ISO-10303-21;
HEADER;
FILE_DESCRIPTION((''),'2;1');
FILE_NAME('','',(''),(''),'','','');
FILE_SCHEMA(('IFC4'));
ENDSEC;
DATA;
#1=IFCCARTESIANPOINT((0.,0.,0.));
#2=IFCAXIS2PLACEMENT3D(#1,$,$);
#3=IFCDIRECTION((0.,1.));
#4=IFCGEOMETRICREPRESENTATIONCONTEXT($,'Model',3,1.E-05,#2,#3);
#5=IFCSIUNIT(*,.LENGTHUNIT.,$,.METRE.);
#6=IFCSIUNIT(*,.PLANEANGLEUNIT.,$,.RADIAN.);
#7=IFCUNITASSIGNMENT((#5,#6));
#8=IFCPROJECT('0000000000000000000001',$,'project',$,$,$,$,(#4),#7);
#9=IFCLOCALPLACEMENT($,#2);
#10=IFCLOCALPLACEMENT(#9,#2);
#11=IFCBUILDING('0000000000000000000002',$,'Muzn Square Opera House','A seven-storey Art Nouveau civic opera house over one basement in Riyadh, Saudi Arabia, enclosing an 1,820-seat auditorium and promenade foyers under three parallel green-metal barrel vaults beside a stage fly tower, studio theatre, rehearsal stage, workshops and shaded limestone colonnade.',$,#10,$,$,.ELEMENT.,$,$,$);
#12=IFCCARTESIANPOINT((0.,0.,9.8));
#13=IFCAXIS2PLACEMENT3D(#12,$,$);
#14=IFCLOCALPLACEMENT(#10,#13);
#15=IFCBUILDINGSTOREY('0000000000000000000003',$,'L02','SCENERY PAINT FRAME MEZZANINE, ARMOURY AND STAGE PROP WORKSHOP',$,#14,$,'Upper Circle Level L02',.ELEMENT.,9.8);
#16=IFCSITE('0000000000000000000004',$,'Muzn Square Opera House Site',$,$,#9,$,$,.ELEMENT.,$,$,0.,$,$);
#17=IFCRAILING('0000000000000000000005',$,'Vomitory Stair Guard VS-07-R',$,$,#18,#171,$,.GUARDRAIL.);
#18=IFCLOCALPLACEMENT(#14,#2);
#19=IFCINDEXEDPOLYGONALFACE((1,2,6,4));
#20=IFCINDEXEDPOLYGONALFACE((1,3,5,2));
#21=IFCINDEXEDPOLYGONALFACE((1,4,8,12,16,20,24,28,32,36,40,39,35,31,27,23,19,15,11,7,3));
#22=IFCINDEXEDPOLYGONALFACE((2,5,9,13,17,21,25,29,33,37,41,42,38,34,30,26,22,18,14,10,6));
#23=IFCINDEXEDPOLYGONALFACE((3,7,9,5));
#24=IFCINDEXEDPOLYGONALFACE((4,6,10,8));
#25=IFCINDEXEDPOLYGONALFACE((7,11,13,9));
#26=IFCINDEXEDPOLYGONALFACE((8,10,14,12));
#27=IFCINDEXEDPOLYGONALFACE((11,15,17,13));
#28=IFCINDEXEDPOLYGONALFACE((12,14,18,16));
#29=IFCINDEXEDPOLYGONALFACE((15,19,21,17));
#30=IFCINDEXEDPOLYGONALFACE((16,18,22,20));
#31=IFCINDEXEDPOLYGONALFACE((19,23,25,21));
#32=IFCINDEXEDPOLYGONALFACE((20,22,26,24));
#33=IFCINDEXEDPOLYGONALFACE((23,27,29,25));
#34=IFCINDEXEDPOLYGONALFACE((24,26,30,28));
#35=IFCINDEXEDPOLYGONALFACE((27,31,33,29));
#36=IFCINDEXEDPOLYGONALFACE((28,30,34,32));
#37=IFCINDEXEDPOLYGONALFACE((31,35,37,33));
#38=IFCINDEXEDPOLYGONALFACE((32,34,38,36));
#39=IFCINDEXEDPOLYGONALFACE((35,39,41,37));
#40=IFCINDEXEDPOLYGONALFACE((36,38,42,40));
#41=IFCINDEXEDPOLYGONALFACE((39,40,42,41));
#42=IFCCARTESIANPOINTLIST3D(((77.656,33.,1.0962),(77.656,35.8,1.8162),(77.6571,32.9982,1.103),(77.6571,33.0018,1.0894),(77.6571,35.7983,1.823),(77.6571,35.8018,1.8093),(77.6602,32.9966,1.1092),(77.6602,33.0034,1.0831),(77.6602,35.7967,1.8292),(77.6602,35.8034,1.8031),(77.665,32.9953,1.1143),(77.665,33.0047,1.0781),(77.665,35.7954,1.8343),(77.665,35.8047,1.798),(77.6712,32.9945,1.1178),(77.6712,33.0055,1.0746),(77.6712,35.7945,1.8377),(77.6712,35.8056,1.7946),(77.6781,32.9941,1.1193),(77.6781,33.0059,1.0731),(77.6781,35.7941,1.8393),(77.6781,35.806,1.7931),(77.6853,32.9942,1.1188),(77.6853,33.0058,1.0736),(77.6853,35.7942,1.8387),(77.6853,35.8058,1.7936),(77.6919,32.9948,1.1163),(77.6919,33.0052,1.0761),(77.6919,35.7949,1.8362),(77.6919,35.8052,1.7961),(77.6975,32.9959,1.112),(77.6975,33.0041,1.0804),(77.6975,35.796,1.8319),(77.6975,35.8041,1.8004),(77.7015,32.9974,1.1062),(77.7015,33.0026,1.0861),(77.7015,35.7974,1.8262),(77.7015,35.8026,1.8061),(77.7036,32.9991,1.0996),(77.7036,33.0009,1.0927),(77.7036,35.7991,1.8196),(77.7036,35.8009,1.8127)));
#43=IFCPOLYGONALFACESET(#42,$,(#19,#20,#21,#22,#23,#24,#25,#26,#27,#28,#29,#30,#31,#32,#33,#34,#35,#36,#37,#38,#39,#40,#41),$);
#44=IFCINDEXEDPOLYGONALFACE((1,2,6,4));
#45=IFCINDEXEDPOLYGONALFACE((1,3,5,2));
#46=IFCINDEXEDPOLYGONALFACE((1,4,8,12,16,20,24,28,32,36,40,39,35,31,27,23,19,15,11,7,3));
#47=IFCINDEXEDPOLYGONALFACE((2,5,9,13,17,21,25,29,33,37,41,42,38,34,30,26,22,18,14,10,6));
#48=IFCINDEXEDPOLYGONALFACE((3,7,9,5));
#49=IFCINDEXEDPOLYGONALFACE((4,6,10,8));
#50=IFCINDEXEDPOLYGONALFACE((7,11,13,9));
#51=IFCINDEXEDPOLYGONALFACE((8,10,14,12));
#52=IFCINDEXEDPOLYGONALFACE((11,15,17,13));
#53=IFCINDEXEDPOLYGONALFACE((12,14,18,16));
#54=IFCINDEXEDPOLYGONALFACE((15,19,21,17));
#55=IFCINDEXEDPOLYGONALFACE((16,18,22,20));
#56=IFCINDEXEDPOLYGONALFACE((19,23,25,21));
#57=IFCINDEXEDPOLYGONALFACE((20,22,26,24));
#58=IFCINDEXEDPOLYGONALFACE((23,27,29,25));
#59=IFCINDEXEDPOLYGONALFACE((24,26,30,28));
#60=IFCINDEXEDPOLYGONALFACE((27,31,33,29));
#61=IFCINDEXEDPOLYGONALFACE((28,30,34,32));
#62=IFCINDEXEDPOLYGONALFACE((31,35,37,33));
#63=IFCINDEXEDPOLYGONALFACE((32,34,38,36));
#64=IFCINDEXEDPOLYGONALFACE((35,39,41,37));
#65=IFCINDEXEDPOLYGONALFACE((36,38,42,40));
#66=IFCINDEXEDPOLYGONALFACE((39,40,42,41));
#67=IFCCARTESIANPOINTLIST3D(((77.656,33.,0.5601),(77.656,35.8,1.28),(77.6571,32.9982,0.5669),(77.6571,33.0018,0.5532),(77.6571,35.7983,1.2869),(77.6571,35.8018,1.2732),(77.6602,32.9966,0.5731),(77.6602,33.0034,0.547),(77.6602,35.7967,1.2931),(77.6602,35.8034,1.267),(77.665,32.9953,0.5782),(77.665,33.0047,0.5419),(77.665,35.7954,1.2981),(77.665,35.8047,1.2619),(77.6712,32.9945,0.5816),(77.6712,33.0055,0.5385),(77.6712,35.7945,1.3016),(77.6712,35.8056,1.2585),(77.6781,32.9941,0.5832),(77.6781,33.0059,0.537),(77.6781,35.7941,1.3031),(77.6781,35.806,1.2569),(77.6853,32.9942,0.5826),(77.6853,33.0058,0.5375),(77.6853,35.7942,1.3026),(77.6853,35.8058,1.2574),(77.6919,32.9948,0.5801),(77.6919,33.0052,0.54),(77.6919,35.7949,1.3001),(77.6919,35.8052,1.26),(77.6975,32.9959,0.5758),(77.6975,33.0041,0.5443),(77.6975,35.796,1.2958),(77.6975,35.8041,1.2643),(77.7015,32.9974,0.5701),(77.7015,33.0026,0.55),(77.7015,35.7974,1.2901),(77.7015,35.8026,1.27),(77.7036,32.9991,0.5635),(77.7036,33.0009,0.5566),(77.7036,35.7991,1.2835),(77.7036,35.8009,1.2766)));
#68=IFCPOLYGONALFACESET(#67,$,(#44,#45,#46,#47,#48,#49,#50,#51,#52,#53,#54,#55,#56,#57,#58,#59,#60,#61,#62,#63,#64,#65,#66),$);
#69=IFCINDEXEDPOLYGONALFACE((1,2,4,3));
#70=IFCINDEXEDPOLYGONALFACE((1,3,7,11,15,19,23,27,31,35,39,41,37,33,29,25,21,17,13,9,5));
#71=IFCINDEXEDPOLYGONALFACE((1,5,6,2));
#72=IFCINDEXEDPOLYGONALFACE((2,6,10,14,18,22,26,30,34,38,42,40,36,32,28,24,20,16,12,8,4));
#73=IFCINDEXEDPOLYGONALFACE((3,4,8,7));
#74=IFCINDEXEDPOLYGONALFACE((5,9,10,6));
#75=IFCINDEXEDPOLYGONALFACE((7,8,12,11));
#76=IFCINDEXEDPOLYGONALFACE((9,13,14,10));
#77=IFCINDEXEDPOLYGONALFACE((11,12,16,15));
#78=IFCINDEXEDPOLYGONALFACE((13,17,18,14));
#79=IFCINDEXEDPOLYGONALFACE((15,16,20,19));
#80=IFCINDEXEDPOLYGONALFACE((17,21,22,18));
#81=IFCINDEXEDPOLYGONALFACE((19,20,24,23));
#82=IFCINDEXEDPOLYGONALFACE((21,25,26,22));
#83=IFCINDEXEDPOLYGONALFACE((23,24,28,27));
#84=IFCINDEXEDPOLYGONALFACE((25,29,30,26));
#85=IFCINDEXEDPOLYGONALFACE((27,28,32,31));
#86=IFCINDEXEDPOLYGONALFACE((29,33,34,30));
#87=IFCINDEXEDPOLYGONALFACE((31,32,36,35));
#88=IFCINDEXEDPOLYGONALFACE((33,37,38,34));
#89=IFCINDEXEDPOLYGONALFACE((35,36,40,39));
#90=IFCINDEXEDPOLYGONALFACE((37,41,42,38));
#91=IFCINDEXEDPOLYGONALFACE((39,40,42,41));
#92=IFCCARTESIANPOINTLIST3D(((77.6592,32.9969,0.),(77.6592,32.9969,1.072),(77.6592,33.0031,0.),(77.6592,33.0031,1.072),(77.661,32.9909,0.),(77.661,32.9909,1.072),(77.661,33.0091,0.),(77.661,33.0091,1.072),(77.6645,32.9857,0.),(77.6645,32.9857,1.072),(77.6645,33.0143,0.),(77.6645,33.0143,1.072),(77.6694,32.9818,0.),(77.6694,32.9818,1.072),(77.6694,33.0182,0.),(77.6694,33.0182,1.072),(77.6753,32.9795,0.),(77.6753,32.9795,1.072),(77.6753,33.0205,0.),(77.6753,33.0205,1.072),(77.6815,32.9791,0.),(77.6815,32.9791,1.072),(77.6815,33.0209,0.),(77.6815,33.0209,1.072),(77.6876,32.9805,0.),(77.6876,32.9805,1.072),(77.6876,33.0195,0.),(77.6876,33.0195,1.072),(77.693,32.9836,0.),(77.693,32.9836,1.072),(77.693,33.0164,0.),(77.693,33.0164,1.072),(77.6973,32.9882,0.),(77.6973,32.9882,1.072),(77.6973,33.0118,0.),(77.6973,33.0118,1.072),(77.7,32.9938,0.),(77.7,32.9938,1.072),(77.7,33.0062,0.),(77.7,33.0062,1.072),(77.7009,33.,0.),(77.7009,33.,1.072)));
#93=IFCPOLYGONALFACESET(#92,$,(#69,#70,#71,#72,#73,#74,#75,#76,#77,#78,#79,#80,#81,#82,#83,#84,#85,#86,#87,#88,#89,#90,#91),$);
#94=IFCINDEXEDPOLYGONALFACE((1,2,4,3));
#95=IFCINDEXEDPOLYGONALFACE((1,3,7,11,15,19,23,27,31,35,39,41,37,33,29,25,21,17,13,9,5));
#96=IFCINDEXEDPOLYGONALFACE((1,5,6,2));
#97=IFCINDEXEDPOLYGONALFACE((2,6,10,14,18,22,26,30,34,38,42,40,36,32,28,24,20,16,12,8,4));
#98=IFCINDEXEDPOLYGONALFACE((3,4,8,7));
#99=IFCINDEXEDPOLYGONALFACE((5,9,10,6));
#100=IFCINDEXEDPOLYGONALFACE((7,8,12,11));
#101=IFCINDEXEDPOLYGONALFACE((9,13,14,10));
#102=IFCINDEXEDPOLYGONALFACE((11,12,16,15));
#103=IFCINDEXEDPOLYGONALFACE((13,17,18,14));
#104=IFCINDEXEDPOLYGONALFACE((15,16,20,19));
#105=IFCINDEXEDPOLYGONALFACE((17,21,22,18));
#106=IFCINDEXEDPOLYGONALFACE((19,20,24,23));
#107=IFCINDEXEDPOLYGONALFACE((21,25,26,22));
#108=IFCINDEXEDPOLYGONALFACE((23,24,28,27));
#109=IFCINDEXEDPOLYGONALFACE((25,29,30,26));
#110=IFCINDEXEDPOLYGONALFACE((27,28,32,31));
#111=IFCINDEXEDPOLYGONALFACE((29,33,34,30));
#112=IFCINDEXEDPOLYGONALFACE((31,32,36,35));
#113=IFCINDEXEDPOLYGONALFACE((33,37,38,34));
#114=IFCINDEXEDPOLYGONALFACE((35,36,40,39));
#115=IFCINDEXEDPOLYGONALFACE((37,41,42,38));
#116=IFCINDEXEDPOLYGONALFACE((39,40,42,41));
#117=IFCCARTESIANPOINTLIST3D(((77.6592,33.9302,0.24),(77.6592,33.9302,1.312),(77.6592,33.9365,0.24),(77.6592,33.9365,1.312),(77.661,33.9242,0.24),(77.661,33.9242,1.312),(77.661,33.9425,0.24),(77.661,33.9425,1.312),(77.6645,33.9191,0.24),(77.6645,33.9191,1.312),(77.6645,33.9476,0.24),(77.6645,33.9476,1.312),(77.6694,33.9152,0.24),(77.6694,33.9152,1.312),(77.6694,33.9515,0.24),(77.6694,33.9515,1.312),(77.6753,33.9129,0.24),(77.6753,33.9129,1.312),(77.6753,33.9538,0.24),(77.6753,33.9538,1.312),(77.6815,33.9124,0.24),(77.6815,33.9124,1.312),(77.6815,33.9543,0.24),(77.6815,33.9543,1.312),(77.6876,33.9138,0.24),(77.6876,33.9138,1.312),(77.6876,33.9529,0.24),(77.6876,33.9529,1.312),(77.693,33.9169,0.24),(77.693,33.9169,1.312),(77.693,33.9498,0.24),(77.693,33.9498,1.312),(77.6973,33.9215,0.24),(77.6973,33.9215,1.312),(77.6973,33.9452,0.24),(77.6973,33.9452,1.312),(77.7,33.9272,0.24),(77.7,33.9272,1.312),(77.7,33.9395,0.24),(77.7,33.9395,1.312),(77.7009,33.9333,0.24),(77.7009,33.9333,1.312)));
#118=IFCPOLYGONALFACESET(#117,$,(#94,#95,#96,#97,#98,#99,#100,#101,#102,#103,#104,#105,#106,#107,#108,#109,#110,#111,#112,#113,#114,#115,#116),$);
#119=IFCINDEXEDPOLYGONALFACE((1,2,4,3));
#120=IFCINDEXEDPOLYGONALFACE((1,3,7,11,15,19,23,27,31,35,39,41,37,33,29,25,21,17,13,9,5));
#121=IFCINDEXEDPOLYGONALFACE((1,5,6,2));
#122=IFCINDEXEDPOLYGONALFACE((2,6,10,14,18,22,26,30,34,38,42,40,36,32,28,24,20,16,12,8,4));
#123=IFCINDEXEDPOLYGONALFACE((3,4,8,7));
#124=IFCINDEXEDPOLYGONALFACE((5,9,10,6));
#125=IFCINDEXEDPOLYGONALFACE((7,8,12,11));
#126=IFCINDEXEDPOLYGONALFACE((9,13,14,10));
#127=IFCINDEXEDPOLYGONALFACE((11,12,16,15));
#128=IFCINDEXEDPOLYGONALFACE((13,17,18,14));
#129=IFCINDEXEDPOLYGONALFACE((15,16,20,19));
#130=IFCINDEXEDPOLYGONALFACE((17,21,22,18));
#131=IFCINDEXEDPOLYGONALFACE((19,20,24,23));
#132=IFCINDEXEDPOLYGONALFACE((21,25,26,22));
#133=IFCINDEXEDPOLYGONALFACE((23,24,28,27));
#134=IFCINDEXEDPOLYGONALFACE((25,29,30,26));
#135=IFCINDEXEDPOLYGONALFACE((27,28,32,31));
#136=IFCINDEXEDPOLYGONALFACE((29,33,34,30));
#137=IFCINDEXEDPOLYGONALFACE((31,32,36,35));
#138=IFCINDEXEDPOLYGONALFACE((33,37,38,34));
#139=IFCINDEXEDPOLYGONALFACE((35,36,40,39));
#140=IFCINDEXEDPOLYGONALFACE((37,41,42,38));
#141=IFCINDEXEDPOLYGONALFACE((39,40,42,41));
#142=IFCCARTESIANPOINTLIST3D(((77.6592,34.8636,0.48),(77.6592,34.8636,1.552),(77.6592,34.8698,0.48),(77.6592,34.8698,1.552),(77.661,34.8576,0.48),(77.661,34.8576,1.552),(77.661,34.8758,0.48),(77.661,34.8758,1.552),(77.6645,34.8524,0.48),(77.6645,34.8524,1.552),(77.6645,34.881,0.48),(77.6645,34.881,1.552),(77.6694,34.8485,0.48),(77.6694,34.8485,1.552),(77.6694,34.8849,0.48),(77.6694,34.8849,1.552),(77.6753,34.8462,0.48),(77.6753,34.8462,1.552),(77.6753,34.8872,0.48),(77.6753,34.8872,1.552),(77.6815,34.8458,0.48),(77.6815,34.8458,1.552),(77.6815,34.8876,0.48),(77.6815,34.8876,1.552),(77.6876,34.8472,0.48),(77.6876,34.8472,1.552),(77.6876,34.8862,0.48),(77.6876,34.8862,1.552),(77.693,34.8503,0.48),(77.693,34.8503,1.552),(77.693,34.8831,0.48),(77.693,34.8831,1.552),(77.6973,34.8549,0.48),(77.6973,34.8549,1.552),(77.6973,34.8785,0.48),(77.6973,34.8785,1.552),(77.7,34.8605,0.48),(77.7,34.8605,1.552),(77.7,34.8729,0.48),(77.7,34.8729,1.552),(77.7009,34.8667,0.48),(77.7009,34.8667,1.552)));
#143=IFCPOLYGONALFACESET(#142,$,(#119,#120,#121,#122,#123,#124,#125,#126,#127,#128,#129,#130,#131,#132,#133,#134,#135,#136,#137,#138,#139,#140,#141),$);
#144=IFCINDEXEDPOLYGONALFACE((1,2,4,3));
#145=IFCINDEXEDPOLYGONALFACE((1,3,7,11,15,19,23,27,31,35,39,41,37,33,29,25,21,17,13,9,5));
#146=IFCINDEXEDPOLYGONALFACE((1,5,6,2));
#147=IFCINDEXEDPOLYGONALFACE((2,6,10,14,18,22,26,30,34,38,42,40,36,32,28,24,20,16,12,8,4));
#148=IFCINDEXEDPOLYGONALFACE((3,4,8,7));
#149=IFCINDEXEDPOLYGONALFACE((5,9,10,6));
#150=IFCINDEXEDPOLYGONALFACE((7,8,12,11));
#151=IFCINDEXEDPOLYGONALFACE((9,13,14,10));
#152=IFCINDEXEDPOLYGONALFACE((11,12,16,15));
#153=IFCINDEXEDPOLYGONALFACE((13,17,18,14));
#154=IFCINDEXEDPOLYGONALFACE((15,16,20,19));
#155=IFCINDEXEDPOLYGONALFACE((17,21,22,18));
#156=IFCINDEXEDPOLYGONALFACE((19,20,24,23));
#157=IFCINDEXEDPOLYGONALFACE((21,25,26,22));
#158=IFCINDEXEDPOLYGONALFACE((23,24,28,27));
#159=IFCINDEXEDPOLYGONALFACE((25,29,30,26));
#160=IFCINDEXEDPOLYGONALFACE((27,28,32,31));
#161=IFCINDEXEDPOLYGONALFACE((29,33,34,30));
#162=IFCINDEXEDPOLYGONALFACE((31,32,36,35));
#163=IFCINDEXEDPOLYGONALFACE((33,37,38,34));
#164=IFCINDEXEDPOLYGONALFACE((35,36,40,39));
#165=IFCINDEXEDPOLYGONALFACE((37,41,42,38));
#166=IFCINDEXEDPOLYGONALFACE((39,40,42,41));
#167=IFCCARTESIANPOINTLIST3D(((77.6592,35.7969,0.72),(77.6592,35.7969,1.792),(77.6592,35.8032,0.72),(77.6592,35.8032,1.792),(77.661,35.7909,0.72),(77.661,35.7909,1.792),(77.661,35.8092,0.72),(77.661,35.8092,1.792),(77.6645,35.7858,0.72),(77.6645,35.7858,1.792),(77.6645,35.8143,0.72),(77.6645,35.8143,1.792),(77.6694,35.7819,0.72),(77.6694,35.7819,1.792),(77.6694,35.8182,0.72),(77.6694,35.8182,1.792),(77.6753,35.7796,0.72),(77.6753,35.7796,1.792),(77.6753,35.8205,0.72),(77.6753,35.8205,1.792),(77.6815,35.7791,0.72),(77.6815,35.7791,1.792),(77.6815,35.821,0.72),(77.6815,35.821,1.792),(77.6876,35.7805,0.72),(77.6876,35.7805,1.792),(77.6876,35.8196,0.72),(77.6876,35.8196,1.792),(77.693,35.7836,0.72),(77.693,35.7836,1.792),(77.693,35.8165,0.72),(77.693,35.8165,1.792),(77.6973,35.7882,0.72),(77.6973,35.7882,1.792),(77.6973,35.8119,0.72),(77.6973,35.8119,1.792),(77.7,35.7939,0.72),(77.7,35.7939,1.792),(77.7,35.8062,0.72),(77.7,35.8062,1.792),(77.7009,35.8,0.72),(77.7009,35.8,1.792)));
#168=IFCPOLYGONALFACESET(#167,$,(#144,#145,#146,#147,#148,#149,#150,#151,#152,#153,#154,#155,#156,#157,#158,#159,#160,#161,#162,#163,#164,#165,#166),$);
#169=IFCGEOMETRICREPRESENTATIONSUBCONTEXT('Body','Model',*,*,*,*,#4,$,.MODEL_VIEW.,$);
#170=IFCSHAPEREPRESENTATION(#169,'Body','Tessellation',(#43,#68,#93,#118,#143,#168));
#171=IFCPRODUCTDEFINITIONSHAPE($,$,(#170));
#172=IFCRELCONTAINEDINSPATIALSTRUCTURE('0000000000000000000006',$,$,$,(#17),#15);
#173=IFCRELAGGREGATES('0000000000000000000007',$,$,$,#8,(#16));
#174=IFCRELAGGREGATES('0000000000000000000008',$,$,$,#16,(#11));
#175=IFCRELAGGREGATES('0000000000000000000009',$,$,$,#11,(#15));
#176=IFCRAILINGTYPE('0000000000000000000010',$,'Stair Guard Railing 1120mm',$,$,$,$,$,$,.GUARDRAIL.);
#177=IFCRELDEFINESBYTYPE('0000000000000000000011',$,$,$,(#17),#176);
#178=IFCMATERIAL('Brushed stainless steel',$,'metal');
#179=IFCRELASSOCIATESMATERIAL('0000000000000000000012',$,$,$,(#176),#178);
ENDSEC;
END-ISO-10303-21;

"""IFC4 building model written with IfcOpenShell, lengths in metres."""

from ifc_helpers import new_model, si_unit, direction, frame, origin, origin_2d, place, context, subcontext, project, spatial, circle, extrude, material, type_object, element, save


model = new_model("IFC4")

# Units and contexts
model_context = context("Model", 3, precision=1e-05, world=origin(), true_north=direction((0.0, 1.0)))
body_context = subcontext(model_context, "Body", "Model", "MODEL_VIEW")
ifc_project = project(units=[si_unit("LENGTHUNIT", "METRE"), si_unit("PLANEANGLEUNIT", "RADIAN")], contexts=[model_context])

# Site, building, storey
site_placement = place(None, origin())
site = spatial("IfcSite", under=ifc_project, at=site_placement, Name="Muzn Square Opera House Site", CompositionType="ELEMENT", RefElevation=0.0)
building_placement = place(site_placement, origin())
building = spatial("IfcBuilding", under=site, at=building_placement, Name="Muzn Square Opera House", Description="A seven-storey Art Nouveau civic opera house over one basement in Riyadh, Saudi Arabia, enclosing an 1,820-seat auditorium and promenade foyers under three parallel green-metal barrel vaults beside a stage fly tower, studio theatre, rehearsal stage, workshops and shaded limestone colonnade.", CompositionType="ELEMENT")
storey_placement = place(building_placement, frame((0.0, 0.0, 9.8)))
storey = spatial("IfcBuildingStorey", under=building, at=storey_placement, Name="L02", Description="SCENERY PAINT FRAME MEZZANINE, ARMOURY AND STAGE PROP WORKSHOP", LongName="Upper Circle Level L02", CompositionType="ELEMENT", Elevation=9.8)

# Railing
ifc_material_1 = material(Name="Brushed stainless steel", Category="metal")
railing_type_1 = type_object("IfcRailingType", Name="Stair Guard Railing 1120mm", PredefinedType="GUARDRAIL", material=ifc_material_1)
for number, where, name in (
    (1, (77.6799, 33.0, 0.0), "Vomitory Stair Guard VS-07-R"),
):
    element("IfcRailing", number, at=place(storey_placement, frame(where)), inside=storey, type_object=railing_type_1, Name=name, PredefinedType="GUARDRAIL", context=body_context, shape_type="SweptSolid", body=[
        extrude(circle(Radius=0.0239, at=origin_2d()), frame((0.0, 0.0, 1.0962), z_axis=(0.0, 0.968496, 0.249027), x_axis=(-1.0, 0.0, 0.0)), (0.0, 0.0, 1.0), 2.8911),
        extrude(circle(Radius=0.0239, at=origin_2d()), frame((0.0, 0.0, 0.5601), z_axis=(0.0, 0.968496, 0.249027), x_axis=(-1.0, 0.0, 0.0)), (0.0, 0.0, 1.0), 2.8911),
        extrude(circle(Radius=0.021, at=origin_2d()), origin(), (0.0, 0.0, 1.0), 1.072),
        extrude(circle(Radius=0.021, at=origin_2d()), frame((0.0, 0.9333, 0.24)), (0.0, 0.0, 1.0), 1.072),
        extrude(circle(Radius=0.021, at=origin_2d()), frame((0.0, 1.8667, 0.48)), (0.0, 0.0, 1.0), 1.072),
        extrude(circle(Radius=0.021, at=origin_2d()), frame((0.0, 2.8, 0.72)), (0.0, 0.0, 1.0), 1.072),
    ])

save(model, "model.ifc")
